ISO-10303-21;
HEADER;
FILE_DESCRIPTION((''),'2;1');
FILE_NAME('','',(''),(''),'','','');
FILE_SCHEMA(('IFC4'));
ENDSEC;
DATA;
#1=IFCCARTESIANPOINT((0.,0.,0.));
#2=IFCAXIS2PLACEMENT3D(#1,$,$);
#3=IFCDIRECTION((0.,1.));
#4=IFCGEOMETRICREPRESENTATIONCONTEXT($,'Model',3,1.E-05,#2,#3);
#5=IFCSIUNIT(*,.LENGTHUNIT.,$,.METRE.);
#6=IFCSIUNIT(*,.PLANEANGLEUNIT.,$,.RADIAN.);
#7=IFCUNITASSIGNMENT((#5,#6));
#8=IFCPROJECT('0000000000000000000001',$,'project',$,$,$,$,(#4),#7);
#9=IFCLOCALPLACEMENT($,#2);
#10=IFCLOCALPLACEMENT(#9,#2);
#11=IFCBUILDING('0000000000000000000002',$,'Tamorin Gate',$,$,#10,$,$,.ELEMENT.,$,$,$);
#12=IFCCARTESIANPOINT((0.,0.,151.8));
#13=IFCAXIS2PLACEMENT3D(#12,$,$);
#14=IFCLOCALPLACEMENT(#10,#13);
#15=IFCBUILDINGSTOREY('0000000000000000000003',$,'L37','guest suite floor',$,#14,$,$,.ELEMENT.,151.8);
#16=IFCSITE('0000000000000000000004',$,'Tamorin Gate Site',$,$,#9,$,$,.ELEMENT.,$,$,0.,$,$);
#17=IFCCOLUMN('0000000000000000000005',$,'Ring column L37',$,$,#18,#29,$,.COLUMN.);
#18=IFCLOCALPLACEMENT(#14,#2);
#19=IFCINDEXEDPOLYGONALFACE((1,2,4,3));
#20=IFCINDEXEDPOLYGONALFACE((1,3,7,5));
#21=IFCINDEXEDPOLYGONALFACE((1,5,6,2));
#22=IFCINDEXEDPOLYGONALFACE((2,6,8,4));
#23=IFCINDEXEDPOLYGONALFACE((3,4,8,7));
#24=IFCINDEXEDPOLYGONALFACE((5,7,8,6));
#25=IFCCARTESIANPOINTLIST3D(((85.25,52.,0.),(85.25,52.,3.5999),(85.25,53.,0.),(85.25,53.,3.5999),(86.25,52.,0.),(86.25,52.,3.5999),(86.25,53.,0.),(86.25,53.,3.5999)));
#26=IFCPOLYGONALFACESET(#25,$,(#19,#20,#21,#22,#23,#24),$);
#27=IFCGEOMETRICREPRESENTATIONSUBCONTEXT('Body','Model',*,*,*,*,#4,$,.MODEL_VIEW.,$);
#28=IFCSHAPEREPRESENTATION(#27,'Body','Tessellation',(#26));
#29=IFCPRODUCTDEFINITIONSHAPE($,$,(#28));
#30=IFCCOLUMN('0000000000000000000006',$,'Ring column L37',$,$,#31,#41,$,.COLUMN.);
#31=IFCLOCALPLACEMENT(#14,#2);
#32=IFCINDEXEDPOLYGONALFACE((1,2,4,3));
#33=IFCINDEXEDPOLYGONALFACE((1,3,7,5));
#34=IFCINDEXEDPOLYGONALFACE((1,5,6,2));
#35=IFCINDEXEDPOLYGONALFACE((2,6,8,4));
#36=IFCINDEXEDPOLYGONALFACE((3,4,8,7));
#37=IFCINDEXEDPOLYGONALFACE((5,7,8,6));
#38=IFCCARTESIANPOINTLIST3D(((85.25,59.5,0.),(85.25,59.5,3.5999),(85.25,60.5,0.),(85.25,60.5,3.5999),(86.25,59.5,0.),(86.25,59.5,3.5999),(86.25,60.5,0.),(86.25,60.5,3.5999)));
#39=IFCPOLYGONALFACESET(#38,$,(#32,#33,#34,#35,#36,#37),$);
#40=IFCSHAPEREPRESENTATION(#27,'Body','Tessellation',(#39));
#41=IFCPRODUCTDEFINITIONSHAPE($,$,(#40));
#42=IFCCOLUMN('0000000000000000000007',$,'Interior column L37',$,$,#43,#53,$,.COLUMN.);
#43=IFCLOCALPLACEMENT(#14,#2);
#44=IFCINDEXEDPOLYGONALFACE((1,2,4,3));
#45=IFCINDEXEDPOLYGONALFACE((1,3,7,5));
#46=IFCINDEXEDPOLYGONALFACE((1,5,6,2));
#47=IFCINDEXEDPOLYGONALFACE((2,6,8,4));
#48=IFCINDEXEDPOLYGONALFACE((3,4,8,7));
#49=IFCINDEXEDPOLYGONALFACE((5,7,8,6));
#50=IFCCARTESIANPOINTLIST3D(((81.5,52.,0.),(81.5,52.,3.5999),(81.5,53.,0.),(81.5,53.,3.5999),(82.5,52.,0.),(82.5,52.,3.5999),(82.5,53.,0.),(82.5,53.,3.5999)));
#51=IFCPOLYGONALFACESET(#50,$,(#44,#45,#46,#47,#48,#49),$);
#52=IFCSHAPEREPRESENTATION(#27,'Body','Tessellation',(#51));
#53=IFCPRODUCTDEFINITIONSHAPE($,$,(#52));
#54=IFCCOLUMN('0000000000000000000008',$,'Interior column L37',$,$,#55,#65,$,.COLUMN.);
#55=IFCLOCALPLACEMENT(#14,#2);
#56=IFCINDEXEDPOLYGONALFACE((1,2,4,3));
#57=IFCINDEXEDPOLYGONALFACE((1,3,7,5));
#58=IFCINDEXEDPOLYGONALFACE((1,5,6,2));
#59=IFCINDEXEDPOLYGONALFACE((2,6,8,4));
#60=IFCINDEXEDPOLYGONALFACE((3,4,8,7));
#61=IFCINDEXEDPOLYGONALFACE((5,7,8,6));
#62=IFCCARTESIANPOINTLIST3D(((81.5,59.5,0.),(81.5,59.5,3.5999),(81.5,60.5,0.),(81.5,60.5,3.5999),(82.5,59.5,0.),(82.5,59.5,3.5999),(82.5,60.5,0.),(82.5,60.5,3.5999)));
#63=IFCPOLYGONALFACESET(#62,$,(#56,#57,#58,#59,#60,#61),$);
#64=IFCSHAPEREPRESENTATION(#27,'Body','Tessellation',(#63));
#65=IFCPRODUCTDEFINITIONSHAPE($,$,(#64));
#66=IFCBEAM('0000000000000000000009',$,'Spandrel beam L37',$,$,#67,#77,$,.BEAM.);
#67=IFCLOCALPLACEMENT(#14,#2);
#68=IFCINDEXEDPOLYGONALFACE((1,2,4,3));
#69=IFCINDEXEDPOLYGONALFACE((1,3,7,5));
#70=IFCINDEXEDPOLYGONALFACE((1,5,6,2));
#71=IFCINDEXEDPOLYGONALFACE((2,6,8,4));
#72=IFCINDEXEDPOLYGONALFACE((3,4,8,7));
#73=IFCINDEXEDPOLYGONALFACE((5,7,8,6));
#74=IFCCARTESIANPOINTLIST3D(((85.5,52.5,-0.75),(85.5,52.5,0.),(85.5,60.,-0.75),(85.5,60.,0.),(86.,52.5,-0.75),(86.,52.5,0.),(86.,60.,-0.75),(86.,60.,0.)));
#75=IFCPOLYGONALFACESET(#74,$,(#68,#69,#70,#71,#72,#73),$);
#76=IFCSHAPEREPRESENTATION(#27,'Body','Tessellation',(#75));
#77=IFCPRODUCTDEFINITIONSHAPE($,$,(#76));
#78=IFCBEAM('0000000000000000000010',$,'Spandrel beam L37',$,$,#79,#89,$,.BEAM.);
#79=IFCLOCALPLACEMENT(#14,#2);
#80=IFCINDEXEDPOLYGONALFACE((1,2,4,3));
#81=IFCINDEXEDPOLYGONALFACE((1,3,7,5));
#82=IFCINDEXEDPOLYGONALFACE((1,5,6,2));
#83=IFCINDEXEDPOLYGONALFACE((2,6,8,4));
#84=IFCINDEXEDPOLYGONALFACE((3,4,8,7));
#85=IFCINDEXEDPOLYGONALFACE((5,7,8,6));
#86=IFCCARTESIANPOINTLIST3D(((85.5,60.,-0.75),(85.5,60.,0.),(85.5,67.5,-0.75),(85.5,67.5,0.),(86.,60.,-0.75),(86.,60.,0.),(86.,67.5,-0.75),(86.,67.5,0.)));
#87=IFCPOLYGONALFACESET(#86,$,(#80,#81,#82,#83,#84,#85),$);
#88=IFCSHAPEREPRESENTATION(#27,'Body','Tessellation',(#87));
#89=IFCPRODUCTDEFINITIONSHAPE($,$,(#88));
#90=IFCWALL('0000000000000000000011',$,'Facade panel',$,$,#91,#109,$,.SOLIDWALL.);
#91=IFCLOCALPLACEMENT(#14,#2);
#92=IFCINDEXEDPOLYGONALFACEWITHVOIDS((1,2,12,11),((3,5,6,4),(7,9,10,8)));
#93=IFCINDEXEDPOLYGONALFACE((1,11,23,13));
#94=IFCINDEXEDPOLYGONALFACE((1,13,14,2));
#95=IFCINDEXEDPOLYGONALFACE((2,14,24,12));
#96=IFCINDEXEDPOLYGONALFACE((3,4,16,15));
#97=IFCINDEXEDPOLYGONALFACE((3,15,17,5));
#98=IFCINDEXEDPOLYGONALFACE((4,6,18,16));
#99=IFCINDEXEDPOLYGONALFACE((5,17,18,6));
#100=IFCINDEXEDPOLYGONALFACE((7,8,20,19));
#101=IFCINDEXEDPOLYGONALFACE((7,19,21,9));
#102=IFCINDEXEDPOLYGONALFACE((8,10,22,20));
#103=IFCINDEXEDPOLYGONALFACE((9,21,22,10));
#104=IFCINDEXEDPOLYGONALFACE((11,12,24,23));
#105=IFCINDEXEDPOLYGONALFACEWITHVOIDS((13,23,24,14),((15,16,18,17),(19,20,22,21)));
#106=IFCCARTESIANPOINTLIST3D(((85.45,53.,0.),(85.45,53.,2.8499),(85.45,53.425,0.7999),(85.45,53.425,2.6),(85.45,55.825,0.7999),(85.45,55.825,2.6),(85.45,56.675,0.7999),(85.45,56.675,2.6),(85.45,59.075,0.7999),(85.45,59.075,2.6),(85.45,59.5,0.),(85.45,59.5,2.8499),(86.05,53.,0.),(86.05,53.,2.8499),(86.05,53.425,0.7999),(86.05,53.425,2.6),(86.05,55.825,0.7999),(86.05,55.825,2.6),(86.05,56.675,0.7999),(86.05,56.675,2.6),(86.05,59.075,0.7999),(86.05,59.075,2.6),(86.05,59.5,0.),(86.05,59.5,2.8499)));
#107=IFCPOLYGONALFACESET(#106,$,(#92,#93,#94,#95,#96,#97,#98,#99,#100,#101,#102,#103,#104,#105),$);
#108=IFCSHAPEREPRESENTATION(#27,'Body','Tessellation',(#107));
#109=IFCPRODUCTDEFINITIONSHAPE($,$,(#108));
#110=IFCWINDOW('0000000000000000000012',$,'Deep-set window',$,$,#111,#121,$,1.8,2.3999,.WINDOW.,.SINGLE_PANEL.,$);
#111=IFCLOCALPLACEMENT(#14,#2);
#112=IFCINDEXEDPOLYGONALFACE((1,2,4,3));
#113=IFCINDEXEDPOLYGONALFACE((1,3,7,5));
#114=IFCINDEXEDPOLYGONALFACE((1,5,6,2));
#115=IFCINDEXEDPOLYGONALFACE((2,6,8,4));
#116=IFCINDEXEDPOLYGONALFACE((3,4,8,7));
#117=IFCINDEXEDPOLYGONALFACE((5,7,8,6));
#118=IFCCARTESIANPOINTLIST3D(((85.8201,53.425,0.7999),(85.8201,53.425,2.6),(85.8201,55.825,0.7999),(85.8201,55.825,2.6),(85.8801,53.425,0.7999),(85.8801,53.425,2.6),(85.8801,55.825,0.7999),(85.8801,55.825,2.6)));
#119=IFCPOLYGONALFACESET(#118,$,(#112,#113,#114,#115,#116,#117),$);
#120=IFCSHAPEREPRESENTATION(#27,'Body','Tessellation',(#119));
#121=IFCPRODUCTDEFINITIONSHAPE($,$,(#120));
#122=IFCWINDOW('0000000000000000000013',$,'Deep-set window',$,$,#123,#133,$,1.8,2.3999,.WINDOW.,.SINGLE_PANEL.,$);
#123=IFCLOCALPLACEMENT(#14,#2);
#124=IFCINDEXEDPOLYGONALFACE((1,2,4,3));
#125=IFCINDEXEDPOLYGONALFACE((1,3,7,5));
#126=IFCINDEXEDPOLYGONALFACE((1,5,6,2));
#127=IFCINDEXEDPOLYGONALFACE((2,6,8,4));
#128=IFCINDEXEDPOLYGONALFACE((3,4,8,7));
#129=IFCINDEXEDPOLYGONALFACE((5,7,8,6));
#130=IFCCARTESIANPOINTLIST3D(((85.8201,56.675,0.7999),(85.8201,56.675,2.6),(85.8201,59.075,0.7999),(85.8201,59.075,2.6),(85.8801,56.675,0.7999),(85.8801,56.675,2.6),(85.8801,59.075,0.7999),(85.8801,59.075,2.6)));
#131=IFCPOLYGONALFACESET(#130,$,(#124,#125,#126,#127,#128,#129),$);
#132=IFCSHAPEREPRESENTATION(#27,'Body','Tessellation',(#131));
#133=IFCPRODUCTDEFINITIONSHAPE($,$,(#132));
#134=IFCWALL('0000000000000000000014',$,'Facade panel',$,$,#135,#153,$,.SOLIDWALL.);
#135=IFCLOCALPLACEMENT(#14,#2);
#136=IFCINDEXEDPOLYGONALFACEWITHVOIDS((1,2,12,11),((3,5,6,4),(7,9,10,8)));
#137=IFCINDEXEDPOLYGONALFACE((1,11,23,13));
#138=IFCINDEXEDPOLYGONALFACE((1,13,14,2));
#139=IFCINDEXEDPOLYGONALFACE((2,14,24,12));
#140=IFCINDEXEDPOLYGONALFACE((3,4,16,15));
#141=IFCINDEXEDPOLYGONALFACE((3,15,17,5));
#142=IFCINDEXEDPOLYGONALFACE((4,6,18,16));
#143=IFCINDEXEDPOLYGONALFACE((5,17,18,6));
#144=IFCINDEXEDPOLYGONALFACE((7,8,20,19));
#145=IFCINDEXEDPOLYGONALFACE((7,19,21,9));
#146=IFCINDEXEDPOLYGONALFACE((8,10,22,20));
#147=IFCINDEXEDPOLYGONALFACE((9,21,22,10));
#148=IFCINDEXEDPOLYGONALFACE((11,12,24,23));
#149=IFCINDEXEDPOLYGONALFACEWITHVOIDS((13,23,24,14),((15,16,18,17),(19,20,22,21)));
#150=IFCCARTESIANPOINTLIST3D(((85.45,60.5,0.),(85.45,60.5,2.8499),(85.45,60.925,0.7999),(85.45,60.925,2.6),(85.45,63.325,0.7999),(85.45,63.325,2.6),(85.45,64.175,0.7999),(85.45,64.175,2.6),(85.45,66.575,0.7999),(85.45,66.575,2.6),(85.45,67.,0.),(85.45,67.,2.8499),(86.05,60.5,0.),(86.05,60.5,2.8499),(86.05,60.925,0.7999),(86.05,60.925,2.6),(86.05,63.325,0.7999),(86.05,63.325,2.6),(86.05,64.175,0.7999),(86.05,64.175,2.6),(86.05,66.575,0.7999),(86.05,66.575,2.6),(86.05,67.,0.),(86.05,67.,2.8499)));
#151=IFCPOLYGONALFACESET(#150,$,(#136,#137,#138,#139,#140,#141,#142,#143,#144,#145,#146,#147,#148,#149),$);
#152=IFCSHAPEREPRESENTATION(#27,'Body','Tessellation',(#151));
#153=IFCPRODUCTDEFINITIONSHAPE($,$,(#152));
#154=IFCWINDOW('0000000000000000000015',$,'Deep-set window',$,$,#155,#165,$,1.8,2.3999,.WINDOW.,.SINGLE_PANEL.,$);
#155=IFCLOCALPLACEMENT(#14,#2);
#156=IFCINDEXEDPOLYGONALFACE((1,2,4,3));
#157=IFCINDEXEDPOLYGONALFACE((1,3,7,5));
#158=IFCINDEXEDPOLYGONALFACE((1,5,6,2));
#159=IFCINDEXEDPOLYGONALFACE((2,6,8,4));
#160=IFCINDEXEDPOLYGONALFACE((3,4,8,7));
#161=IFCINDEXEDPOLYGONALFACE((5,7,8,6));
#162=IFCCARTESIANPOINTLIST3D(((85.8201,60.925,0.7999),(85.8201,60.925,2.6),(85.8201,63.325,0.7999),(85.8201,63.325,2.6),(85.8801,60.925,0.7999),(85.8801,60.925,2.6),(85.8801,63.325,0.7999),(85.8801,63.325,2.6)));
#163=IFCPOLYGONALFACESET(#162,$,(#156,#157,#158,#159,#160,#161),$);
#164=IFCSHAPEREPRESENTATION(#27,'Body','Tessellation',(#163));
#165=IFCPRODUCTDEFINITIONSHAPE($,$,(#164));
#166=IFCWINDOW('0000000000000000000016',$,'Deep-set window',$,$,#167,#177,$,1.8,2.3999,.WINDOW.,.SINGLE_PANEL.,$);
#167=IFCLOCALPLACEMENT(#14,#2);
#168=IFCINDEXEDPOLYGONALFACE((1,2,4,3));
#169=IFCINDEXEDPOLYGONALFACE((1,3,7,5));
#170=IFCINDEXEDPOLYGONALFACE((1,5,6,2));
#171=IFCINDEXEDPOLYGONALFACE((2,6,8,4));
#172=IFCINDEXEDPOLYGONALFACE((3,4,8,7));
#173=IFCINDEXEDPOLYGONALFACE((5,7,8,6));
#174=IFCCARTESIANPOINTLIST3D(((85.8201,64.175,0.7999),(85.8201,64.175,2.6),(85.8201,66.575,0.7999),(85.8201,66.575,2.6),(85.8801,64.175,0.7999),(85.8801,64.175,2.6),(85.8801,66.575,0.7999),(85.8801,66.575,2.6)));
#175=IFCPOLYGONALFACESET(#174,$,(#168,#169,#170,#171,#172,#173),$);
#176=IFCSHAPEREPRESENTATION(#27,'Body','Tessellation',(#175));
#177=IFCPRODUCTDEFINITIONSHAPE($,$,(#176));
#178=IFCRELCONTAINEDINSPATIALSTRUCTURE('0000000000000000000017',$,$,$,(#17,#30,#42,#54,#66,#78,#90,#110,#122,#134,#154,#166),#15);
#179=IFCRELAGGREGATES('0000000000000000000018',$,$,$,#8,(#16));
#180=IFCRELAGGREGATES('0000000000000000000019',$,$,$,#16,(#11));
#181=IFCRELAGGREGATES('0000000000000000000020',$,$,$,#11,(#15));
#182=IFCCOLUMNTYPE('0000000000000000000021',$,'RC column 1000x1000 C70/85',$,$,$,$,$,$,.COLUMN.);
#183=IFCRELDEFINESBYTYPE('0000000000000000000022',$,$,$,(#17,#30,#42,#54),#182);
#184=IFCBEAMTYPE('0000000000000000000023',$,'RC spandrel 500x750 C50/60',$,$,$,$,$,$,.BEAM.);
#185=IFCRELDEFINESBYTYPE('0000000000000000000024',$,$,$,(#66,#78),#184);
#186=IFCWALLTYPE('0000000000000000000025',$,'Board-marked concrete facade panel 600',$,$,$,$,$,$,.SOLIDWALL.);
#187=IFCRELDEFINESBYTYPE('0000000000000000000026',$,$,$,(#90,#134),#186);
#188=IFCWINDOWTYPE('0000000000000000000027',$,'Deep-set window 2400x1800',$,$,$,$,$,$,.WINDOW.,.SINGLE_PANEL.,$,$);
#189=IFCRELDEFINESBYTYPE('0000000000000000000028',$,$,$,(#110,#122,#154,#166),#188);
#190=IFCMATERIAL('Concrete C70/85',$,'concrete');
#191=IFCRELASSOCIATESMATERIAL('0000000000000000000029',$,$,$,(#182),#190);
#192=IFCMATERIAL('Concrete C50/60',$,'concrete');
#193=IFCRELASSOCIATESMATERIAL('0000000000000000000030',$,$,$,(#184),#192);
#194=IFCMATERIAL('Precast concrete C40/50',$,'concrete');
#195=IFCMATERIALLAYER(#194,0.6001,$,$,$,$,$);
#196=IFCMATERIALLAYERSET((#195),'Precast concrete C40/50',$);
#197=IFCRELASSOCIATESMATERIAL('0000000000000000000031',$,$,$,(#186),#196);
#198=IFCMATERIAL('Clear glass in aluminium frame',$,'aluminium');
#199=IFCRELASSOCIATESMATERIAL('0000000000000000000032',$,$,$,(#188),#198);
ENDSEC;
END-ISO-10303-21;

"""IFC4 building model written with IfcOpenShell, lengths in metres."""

from ifc_helpers import new_model, si_unit, direction, frame, frame_2d, origin, origin_2d, place, context, subcontext, project, spatial, rectangle, extrude, material, layer, layer_set, material_profile, profile_set, type_object, element, fill, save


model = new_model("IFC4")

# Units and contexts
model_context = context("Model", 3, precision=1e-05, world=origin(), true_north=direction((0.0, 1.0)))
body_context = subcontext(model_context, "Body", "Model", "MODEL_VIEW")
ifc_project = project(units=[si_unit("LENGTHUNIT", "METRE"), si_unit("PLANEANGLEUNIT", "RADIAN")], contexts=[model_context])

# Site, building, storey
site_placement = place(None, origin())
site = spatial("IfcSite", under=ifc_project, at=site_placement, Name="Tamorin Gate Site", CompositionType="ELEMENT", RefElevation=0.0)
building_placement = place(site_placement, origin())
building = spatial("IfcBuilding", under=site, at=building_placement, Name="Tamorin Gate", CompositionType="ELEMENT")
storey_placement = place(building_placement, frame((0.0, 0.0, 151.8)))
storey = spatial("IfcBuildingStorey", under=building, at=storey_placement, Name="L37", Description="guest suite floor", CompositionType="ELEMENT", Elevation=151.8)

# Columns
ifc_material_1 = material(Name="Concrete C70/85", Category="concrete")
ifc_material_profile_1 = material_profile(ifc_material_1, rectangle(XDim=1.0, YDim=1.0, at=origin_2d()), Name="RC 1000x1000")
ifc_profile_set_1 = profile_set([ifc_material_profile_1], Name="Concrete C70/85")
column_type = type_object("IfcColumnType", Name="RC column 1000x1000 C70/85", PredefinedType="COLUMN", material=ifc_profile_set_1)
for number, where, z_axis, x_axis, name in (
    (1, (85.75, 52.5, 0.0), (0.0, 0.0, 1.0), (1.0, 0.0, 0.0), "Ring column L37"),
    (2, (85.75, 60.0, 0.0), (0.0, 0.0, 1.0), (1.0, 0.0, 0.0), "Ring column L37"),
    (3, (82.0, 52.5, 0.0), (0.0, 0.0, 1.0), (1.0, 0.0, 0.0), "Interior column L37"),
    (4, (82.0, 60.0, 0.0), (0.0, 0.0, 1.0), (1.0, 0.0, 0.0), "Interior column L37"),
):
    element("IfcColumn", number, at=place(storey_placement, frame(where, z_axis=z_axis, x_axis=x_axis)), inside=storey, type_object=column_type, Name=name, PredefinedType="COLUMN", context=body_context, shape_type="SweptSolid", body=[
        extrude(rectangle(XDim=1.0, YDim=1.0, at=origin_2d()), origin(), (0.0, 0.0, 1.0), 3.5999),
    ])

# Beams
ifc_material_2 = material(Name="Concrete C50/60", Category="concrete")
ifc_material_profile_2 = material_profile(ifc_material_2, rectangle(XDim=0.5, YDim=0.75, at=origin_2d()), Name="RC 500x750")
ifc_profile_set_2 = profile_set([ifc_material_profile_2], Name="Concrete C50/60")
beam_type = type_object("IfcBeamType", Name="RC spandrel 500x750 C50/60", PredefinedType="BEAM", material=ifc_profile_set_2)
for number, where, z_axis, x_axis, name in (
    (5, (85.75, 52.5, -0.375), (0.0, 1.0, 0.0), (-1.0, 0.0, 0.0), "Spandrel beam L37"),
    (6, (85.75, 60.0, -0.375), (0.0, 1.0, 0.0), (-1.0, 0.0, 0.0), "Spandrel beam L37"),
):
    element("IfcBeam", number, at=place(storey_placement, frame(where, z_axis=z_axis, x_axis=x_axis)), inside=storey, type_object=beam_type, Name=name, PredefinedType="BEAM", context=body_context, shape_type="SweptSolid", body=[
        extrude(rectangle(XDim=0.5, YDim=0.75, at=origin_2d()), origin(), (0.0, 0.0, 1.0), 7.5),
    ])

# Walls, openings, windows
ifc_material_3 = material(Name="Precast concrete C40/50", Category="concrete")
ifc_layer_1 = layer(ifc_material_3, 0.6001)
ifc_layer_set_1 = layer_set([ifc_layer_1], Name="Precast concrete C40/50")
wall_type_1 = type_object("IfcWallType", Name="Board-marked concrete facade panel 600", PredefinedType="SOLIDWALL", material=ifc_layer_set_1)
wall_1_placement = place(storey_placement, frame((85.75, 53.0, 0.0), z_axis=(0.0, 0.0, 1.0), x_axis=(0.0, 1.0, 0.0)))
wall_1 = element("IfcWall", 7, at=wall_1_placement, inside=storey, type_object=wall_type_1, Name="Facade panel", PredefinedType="SOLIDWALL", context=body_context, shape_type="SweptSolid", body=[
    extrude(rectangle(XDim=6.5, YDim=0.6001, at=frame_2d((3.25, 0.0))), origin(), (0.0, 0.0, 1.0), 2.8499),
])
opening_1_placement = place(wall_1_placement, frame((0.425, 0.0, 0.8)))
opening_1 = element("IfcOpeningElement", 8, at=opening_1_placement, cuts=wall_1, PredefinedType="OPENING", context=body_context, shape_type="SweptSolid", body=[
    extrude(rectangle(XDim=2.3999, YDim=1.8, at=frame_2d((1.2, 0.8999))), frame((0.0, 0.3101, 0.0), z_axis=(0.0, -1.0, 0.0), x_axis=(1.0, 0.0, 0.0)), (0.0, 0.0, 1.0), 0.6201),
])
opening_2_placement = place(wall_1_placement, frame((3.675, 0.0, 0.8)))
opening_2 = element("IfcOpeningElement", 9, at=opening_2_placement, cuts=wall_1, PredefinedType="OPENING", context=body_context, shape_type="SweptSolid", body=[
    extrude(rectangle(XDim=2.3999, YDim=1.8, at=frame_2d((1.2, 0.8999))), frame((0.0, 0.3101, 0.0), z_axis=(0.0, -1.0, 0.0), x_axis=(1.0, 0.0, 0.0)), (0.0, 0.0, 1.0), 0.6201),
])
ifc_material_4 = material(Name="Clear glass in aluminium frame", Category="aluminium")
window_type = type_object("IfcWindowType", Name="Deep-set window 2400x1800", PartitioningType="SINGLE_PANEL", PredefinedType="WINDOW", material=ifc_material_4)
window_1_placement = place(opening_1_placement, origin())
window_1 = element("IfcWindow", 10, at=window_1_placement, inside=storey, type_object=window_type, Name="Deep-set window", OverallHeight=1.8, OverallWidth=2.3999, PartitioningType="SINGLE_PANEL", PredefinedType="WINDOW", context=body_context, shape_type="SweptSolid", body=[
    extrude(rectangle(XDim=2.3999, YDim=1.8, at=frame_2d((1.2, 0.8999))), frame((0.0, -0.0701, 0.0), z_axis=(0.0, -1.0, 0.0), x_axis=(1.0, 0.0, 0.0)), (0.0, 0.0, 1.0), 0.0601),
])
fill(opening_1, window_1)
window_2_placement = place(opening_2_placement, origin())
window_2 = element("IfcWindow", 11, at=window_2_placement, inside=storey, type_object=window_type, Name="Deep-set window", OverallHeight=1.8, OverallWidth=2.3999, PartitioningType="SINGLE_PANEL", PredefinedType="WINDOW", context=body_context, shape_type="SweptSolid", body=[
    extrude(rectangle(XDim=2.3999, YDim=1.8, at=frame_2d((1.2, 0.8999))), frame((0.0, -0.0701, 0.0), z_axis=(0.0, -1.0, 0.0), x_axis=(1.0, 0.0, 0.0)), (0.0, 0.0, 1.0), 0.0601),
])
fill(opening_2, window_2)
wall_2_placement = place(storey_placement, frame((85.75, 60.5, 0.0), z_axis=(0.0, 0.0, 1.0), x_axis=(0.0, 1.0, 0.0)))
wall_2 = element("IfcWall", 12, at=wall_2_placement, inside=storey, type_object=wall_type_1, Name="Facade panel", PredefinedType="SOLIDWALL", context=body_context, shape_type="SweptSolid", body=[
    extrude(rectangle(XDim=6.5, YDim=0.6001, at=frame_2d((3.25, 0.0))), origin(), (0.0, 0.0, 1.0), 2.8499),
])
opening_3_placement = place(wall_2_placement, frame((0.425, 0.0, 0.8)))
opening_3 = element("IfcOpeningElement", 13, at=opening_3_placement, cuts=wall_2, PredefinedType="OPENING", context=body_context, shape_type="SweptSolid", body=[
    extrude(rectangle(XDim=2.3999, YDim=1.8, at=frame_2d((1.2, 0.8999))), frame((0.0, 0.3101, 0.0), z_axis=(0.0, -1.0, 0.0), x_axis=(1.0, 0.0, 0.0)), (0.0, 0.0, 1.0), 0.6201),
])
opening_4_placement = place(wall_2_placement, frame((3.675, 0.0, 0.8)))
opening_4 = element("IfcOpeningElement", 14, at=opening_4_placement, cuts=wall_2, PredefinedType="OPENING", context=body_context, shape_type="SweptSolid", body=[
    extrude(rectangle(XDim=2.3999, YDim=1.8, at=frame_2d((1.2, 0.8999))), frame((0.0, 0.3101, 0.0), z_axis=(0.0, -1.0, 0.0), x_axis=(1.0, 0.0, 0.0)), (0.0, 0.0, 1.0), 0.6201),
])
window_3_placement = place(opening_3_placement, origin())
window_3 = element("IfcWindow", 15, at=window_3_placement, inside=storey, type_object=window_type, Name="Deep-set window", OverallHeight=1.8, OverallWidth=2.3999, PartitioningType="SINGLE_PANEL", PredefinedType="WINDOW", context=body_context, shape_type="SweptSolid", body=[
    extrude(rectangle(XDim=2.3999, YDim=1.8, at=frame_2d((1.2, 0.8999))), frame((0.0, -0.0701, 0.0), z_axis=(0.0, -1.0, 0.0), x_axis=(1.0, 0.0, 0.0)), (0.0, 0.0, 1.0), 0.0601),
])
fill(opening_3, window_3)
window_4_placement = place(opening_4_placement, origin())
window_4 = element("IfcWindow", 16, at=window_4_placement, inside=storey, type_object=window_type, Name="Deep-set window", OverallHeight=1.8, OverallWidth=2.3999, PartitioningType="SINGLE_PANEL", PredefinedType="WINDOW", context=body_context, shape_type="SweptSolid", body=[
    extrude(rectangle(XDim=2.3999, YDim=1.8, at=frame_2d((1.2, 0.8999))), frame((0.0, -0.0701, 0.0), z_axis=(0.0, -1.0, 0.0), x_axis=(1.0, 0.0, 0.0)), (0.0, 0.0, 1.0), 0.0601),
])
fill(opening_4, window_4)

save(model, "model.ifc")
